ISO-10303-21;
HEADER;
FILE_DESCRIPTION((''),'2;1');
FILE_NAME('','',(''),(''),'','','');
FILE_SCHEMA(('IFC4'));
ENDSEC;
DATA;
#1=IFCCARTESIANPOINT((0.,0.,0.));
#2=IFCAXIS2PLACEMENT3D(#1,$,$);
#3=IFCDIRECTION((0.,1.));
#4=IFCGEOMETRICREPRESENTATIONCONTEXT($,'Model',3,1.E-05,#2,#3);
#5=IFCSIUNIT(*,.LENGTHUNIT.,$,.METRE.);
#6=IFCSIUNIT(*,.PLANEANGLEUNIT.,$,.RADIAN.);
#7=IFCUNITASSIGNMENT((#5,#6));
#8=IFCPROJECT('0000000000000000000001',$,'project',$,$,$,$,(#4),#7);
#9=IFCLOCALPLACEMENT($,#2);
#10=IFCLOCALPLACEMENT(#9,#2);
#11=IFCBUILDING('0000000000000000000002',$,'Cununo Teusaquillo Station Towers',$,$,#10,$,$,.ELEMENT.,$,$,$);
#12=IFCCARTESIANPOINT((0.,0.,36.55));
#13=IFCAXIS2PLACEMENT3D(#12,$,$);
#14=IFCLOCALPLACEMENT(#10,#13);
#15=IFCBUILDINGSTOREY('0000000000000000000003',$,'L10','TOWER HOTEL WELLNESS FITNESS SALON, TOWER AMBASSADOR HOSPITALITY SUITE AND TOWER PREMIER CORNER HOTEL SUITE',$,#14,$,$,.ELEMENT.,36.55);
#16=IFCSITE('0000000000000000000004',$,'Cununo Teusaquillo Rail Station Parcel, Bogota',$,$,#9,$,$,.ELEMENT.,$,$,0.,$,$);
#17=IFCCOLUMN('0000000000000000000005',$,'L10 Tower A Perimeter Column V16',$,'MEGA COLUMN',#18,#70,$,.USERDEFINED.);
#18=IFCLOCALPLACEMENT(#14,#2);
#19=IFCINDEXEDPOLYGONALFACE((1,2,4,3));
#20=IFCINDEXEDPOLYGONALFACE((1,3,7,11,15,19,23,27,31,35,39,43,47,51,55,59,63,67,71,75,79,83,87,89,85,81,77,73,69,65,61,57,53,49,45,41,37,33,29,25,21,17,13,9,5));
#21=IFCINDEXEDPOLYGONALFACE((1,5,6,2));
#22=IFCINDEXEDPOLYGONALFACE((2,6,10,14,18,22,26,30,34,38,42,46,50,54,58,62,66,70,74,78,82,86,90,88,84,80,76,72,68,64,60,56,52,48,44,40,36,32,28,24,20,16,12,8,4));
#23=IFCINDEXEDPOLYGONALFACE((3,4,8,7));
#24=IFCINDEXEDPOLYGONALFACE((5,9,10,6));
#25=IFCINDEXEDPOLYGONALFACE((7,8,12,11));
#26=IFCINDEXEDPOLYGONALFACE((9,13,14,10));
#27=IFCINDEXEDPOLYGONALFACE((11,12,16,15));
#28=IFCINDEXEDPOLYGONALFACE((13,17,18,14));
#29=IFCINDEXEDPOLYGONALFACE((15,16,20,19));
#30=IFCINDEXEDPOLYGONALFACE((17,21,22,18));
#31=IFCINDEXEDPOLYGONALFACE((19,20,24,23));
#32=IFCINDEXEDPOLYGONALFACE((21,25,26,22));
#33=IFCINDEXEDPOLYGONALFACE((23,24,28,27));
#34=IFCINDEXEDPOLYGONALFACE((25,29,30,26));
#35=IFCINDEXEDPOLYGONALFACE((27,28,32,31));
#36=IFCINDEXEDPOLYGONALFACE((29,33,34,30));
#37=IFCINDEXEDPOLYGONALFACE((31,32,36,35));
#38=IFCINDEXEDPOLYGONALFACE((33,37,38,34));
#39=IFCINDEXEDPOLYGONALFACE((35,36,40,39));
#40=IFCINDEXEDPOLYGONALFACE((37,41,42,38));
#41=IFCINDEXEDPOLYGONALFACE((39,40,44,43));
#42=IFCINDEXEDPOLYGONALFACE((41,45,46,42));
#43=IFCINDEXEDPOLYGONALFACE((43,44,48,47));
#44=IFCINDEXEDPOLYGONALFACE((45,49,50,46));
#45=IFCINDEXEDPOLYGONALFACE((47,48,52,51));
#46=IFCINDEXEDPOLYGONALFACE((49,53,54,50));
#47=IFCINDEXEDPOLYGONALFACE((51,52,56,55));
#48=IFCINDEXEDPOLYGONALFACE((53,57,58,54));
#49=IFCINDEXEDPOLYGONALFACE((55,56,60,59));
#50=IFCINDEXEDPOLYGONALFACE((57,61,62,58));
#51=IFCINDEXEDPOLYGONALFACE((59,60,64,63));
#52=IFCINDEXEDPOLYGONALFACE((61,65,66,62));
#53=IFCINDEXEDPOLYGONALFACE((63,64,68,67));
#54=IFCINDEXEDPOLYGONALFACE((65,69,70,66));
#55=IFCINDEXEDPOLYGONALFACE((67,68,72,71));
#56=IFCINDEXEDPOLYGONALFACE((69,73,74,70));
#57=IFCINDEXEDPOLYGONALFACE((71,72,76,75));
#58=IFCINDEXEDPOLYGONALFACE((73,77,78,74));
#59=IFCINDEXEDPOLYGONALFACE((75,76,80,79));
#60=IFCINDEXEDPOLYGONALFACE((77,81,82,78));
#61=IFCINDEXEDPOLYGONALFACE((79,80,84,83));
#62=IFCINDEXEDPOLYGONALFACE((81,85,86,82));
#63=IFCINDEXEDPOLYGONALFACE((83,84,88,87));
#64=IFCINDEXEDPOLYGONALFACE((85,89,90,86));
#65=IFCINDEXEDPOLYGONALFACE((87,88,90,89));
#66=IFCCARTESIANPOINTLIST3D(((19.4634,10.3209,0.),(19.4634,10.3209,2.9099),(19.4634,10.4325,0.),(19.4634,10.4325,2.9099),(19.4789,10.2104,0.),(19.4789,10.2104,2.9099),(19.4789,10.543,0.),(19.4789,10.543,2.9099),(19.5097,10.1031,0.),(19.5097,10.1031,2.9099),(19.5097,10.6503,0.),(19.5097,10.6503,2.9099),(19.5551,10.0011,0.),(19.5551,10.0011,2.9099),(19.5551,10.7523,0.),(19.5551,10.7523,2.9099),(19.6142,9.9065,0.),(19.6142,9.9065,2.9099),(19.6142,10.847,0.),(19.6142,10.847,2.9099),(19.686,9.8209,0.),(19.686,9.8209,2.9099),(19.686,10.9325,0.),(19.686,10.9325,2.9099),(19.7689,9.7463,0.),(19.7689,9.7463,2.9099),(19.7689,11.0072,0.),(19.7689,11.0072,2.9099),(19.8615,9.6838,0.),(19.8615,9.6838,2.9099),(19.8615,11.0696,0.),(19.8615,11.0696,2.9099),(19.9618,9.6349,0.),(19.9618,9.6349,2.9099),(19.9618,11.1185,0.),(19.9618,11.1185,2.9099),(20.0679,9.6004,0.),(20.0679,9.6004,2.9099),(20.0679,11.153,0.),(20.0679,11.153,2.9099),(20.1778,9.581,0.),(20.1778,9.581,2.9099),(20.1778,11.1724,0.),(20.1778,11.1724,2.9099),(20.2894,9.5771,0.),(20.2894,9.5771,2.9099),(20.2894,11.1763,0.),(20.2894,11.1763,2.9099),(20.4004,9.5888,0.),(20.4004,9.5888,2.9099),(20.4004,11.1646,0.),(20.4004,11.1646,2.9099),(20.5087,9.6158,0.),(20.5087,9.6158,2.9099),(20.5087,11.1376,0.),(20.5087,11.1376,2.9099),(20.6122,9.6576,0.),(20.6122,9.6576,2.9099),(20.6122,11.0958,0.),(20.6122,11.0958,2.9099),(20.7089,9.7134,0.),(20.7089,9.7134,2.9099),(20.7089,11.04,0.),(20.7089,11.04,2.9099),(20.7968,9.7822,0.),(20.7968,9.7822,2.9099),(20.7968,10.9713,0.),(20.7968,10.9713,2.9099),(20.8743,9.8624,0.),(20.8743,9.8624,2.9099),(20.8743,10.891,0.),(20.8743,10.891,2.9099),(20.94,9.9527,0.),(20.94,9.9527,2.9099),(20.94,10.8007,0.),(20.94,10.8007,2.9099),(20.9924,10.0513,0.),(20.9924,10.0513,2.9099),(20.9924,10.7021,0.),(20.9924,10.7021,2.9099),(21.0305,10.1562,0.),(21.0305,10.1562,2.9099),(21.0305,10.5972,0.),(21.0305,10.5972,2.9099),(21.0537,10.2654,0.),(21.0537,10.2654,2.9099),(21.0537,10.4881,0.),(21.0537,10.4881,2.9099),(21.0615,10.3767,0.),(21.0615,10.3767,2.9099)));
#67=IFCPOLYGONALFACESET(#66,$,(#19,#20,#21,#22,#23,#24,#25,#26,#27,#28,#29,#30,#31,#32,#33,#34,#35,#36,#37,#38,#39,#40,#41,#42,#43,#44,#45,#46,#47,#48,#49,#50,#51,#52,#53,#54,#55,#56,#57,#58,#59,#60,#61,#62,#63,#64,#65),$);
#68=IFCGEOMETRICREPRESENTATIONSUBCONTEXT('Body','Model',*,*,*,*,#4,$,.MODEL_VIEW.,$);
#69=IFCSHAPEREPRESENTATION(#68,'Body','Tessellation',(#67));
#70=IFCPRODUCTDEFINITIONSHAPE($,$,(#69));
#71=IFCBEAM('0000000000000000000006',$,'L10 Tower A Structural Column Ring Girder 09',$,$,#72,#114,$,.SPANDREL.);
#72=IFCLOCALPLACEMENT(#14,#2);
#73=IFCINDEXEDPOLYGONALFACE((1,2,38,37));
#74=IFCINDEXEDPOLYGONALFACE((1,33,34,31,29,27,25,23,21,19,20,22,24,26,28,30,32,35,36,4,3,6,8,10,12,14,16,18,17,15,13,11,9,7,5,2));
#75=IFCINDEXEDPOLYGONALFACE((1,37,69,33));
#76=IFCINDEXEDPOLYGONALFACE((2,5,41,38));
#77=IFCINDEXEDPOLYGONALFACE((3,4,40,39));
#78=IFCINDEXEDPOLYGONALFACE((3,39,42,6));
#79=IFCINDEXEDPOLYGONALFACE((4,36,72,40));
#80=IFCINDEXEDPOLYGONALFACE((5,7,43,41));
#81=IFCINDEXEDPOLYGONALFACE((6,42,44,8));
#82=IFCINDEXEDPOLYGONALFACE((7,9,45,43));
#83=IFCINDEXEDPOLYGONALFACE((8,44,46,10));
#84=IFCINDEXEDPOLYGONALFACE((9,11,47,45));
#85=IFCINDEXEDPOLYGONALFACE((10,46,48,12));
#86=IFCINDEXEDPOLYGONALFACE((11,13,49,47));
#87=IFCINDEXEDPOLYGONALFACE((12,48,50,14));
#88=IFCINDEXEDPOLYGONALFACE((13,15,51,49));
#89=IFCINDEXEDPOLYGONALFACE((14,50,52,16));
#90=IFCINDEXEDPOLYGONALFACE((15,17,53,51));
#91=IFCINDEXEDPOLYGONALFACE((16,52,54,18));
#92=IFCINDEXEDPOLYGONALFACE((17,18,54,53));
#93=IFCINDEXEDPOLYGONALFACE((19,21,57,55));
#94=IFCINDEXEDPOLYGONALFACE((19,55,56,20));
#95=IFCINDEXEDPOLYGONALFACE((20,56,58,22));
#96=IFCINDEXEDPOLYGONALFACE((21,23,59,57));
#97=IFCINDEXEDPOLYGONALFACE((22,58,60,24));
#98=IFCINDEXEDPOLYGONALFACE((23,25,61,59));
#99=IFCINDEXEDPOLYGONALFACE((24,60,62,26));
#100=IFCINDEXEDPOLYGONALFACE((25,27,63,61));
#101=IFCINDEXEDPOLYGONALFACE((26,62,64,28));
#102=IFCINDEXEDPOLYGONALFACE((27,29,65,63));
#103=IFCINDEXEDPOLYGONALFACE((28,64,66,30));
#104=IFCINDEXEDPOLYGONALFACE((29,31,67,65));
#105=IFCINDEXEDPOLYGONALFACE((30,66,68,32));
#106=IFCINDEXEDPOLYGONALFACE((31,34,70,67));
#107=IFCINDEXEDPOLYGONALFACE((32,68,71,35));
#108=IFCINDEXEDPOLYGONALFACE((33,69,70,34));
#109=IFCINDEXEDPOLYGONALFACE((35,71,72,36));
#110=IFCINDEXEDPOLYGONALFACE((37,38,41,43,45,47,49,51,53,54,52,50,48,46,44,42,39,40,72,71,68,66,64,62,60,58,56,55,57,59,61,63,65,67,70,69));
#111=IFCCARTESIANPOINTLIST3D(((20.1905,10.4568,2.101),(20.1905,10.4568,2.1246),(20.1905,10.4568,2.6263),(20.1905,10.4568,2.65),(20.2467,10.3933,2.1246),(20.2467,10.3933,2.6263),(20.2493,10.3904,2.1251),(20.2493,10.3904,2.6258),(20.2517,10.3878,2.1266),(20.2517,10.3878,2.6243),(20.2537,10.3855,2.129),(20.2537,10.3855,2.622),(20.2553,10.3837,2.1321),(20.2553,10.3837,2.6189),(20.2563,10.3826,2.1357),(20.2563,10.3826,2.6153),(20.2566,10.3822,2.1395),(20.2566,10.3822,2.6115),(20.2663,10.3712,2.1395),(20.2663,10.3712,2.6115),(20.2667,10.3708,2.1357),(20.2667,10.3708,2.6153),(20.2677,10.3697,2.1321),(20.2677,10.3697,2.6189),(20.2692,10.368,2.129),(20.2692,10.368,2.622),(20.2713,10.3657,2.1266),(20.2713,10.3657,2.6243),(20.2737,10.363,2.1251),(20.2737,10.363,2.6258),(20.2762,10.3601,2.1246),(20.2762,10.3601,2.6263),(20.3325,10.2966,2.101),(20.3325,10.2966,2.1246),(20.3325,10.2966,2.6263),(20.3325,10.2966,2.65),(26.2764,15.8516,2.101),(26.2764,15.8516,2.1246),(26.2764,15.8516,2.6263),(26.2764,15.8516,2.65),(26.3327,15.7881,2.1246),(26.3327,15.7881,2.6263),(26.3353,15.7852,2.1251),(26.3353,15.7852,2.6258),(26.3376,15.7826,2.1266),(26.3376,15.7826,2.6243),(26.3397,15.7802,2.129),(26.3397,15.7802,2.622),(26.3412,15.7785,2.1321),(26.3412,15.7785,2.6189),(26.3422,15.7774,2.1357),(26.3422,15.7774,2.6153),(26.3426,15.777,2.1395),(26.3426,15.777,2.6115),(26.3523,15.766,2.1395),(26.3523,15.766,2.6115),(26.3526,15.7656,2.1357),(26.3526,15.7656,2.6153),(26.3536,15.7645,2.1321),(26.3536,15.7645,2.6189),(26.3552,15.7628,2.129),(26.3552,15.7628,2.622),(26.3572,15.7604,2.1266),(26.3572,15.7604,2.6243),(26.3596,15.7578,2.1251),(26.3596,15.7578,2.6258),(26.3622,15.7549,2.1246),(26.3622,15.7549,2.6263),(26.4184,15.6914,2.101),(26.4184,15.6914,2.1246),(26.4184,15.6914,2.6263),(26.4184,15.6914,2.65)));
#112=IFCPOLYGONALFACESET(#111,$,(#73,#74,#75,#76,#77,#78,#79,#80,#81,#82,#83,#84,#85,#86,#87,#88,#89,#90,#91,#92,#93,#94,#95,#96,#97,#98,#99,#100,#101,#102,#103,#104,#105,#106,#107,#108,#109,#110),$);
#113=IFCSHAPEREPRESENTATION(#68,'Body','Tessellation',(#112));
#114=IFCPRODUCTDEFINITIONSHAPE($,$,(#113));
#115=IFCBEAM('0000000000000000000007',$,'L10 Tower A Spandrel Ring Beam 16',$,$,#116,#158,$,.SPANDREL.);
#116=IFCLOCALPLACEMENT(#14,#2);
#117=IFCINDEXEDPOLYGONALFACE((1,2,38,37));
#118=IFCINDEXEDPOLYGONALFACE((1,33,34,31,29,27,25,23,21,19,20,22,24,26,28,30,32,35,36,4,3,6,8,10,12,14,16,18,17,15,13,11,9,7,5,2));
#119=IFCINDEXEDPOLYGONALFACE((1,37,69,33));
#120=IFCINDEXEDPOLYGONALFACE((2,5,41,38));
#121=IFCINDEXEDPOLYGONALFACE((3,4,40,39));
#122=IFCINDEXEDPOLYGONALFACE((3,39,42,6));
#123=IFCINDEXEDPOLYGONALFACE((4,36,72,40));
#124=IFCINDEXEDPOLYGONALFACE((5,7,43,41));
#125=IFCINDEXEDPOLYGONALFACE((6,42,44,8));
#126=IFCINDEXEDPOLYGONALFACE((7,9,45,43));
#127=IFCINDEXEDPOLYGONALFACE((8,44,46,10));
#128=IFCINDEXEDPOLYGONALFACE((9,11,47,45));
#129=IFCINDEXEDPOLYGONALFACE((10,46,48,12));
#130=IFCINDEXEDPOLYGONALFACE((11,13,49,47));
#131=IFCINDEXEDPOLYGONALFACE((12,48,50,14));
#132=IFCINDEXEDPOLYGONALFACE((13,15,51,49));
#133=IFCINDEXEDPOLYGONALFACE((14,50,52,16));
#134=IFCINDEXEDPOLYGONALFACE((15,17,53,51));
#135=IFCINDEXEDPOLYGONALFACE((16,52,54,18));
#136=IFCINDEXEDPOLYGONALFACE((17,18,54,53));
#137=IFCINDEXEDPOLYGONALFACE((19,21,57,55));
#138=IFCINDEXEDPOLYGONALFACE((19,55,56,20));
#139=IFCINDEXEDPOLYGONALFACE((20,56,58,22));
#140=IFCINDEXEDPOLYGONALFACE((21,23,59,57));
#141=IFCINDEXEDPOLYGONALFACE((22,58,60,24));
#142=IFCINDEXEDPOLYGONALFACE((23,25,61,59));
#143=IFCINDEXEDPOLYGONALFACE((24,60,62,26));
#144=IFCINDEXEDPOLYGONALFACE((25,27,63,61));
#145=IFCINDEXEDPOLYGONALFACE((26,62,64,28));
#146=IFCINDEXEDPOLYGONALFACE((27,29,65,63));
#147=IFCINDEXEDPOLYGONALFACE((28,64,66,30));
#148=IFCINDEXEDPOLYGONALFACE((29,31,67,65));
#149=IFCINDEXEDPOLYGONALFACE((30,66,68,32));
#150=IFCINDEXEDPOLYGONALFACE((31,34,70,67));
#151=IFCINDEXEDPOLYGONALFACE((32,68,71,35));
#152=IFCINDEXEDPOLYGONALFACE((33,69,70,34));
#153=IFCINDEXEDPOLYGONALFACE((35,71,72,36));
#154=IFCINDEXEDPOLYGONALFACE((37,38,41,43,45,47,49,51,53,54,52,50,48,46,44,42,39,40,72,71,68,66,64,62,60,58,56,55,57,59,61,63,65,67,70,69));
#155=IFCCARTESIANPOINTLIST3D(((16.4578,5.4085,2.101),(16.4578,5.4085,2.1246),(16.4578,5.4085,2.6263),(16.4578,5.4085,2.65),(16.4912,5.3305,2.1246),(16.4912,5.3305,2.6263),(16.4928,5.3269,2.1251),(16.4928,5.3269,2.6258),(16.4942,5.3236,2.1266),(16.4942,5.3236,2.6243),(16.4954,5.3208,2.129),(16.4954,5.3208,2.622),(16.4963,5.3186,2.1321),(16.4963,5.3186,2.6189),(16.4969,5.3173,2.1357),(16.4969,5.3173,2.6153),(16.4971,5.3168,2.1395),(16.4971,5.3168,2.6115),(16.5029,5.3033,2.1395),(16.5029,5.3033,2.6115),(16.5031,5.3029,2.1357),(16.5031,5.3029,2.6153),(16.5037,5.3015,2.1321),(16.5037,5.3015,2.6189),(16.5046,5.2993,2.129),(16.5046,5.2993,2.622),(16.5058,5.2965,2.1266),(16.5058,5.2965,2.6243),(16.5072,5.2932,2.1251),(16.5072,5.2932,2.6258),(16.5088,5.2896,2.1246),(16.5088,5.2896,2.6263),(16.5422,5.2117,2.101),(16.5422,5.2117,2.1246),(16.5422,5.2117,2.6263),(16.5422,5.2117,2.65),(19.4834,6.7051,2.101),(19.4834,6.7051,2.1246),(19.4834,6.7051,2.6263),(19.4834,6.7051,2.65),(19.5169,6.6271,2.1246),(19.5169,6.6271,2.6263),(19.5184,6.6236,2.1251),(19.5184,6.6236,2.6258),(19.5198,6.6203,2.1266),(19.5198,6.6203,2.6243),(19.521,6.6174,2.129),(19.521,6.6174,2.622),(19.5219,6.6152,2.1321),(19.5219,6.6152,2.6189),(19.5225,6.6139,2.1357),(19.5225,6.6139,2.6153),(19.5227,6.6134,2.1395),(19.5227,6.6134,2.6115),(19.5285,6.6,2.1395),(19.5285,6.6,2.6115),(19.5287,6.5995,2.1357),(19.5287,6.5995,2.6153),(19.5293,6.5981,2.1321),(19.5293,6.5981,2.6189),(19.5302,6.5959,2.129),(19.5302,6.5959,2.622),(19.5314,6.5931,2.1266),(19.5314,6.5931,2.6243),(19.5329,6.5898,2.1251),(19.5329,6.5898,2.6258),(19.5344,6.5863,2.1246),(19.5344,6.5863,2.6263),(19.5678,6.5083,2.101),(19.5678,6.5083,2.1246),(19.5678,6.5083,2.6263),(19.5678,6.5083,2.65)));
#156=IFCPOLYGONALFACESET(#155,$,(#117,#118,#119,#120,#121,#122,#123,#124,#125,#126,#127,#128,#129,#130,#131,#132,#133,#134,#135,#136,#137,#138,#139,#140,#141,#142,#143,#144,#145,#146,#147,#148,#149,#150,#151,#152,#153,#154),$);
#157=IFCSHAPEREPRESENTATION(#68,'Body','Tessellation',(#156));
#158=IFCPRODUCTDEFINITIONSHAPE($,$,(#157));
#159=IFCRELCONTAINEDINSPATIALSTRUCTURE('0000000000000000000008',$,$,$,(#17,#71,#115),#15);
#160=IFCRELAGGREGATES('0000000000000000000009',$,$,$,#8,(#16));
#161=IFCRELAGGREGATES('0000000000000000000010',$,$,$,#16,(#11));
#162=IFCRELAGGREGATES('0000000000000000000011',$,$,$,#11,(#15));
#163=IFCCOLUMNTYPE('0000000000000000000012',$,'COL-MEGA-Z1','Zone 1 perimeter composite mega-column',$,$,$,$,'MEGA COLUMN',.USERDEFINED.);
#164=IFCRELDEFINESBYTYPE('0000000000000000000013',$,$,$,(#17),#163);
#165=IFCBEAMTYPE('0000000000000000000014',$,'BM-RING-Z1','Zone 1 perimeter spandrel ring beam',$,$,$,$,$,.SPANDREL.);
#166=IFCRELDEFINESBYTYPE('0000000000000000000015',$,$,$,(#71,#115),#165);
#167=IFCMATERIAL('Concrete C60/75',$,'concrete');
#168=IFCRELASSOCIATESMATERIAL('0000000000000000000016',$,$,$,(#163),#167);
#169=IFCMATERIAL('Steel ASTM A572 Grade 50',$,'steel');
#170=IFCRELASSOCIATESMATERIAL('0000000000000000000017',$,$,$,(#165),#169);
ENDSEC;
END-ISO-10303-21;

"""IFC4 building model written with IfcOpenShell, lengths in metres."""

from ifc_helpers import new_model, si_unit, direction, frame, origin, origin_2d, place, context, subcontext, project, spatial, circle, i_section, extrude, material, material_profile, profile_set, type_object, element, save


model = new_model("IFC4")

# Units and contexts
model_context = context("Model", 3, precision=1e-05, world=origin(), true_north=direction((0.0, 1.0)))
body_context = subcontext(model_context, "Body", "Model", "MODEL_VIEW")
ifc_project = project(units=[si_unit("LENGTHUNIT", "METRE"), si_unit("PLANEANGLEUNIT", "RADIAN")], contexts=[model_context])

# Site, building, storey
site_placement = place(None, origin())
site = spatial("IfcSite", under=ifc_project, at=site_placement, Name="Cununo Teusaquillo Rail Station Parcel, Bogota", CompositionType="ELEMENT", RefElevation=0.0)
building_placement = place(site_placement, origin())
building = spatial("IfcBuilding", under=site, at=building_placement, Name="Cununo Teusaquillo Station Towers", CompositionType="ELEMENT")
storey_placement = place(building_placement, frame((0.0, 0.0, 36.55)))
storey = spatial("IfcBuildingStorey", under=building, at=storey_placement, Name="L10", Description="TOWER HOTEL WELLNESS FITNESS SALON, TOWER AMBASSADOR HOSPITALITY SUITE AND TOWER PREMIER CORNER HOTEL SUITE", CompositionType="ELEMENT", Elevation=36.55)

# Column
ifc_material_1 = material(Name="Concrete C60/75", Category="concrete")
ifc_material_profile_1 = material_profile(ifc_material_1, circle(Radius=0.8, at=origin_2d()), Name="RC-CIRC-1600")
ifc_profile_set_1 = profile_set([ifc_material_profile_1], Name="Concrete C60/75")
column_type = type_object("IfcColumnType", Name="COL-MEGA-Z1", Description="Zone 1 perimeter composite mega-column", ElementType="MEGA COLUMN", PredefinedType="USERDEFINED", material=ifc_profile_set_1)
column_placement = place(storey_placement, frame((20.2615, 10.3767, 0.0), z_axis=(0.0, 0.0, 1.0), x_axis=(1.0, 0.0, 0.0)))
element("IfcColumn", 1, at=column_placement, inside=storey, type_object=column_type, Name="L10 Tower A Perimeter Column V16", ObjectType="MEGA COLUMN", PredefinedType="USERDEFINED", context=body_context, shape_type="SweptSolid", body=[
    extrude(circle(Radius=0.8, at=origin_2d()), origin(), (0.0, 0.0, 1.0), 2.9099),
])

# Beams
ifc_material_2 = material(Name="Steel ASTM A572 Grade 50", Category="steel")
ifc_material_profile_2 = material_profile(ifc_material_2, i_section(OverallWidth=0.2141, OverallDepth=0.5491, WebThickness=0.0146, FlangeThickness=0.0237, FilletRadius=0.0149, at=origin_2d()), Name="W21X93")
ifc_profile_set_2 = profile_set([ifc_material_profile_2], Name="Steel ASTM A572 Grade 50")
beam_type_1 = type_object("IfcBeamType", Name="BM-RING-Z1", Description="Zone 1 perimeter spandrel ring beam", PredefinedType="SPANDREL", material=ifc_profile_set_2)
beam_1_placement = place(storey_placement, frame((20.2615, 10.3767, 2.3755), z_axis=(0.748321, 0.663337, 0.0), x_axis=(-0.663337, 0.748321, 0.0)))
element("IfcBeam", 2, at=beam_1_placement, inside=storey, type_object=beam_type_1, Name="L10 Tower A Structural Column Ring Girder 09", PredefinedType="SPANDREL", context=body_context, shape_type="SweptSolid", body=[
    extrude(i_section(OverallWidth=0.2141, OverallDepth=0.5491, WebThickness=0.0146, FlangeThickness=0.0237, FilletRadius=0.0149, at=origin_2d()), origin(), (0.0, 0.0, 1.0), 8.1328),
])
beam_2_placement = place(storey_placement, frame((16.5, 5.3101, 2.3755), z_axis=(0.919153, 0.393901, 0.0), x_axis=(-0.393901, 0.919153, 0.0)))
element("IfcBeam", 3, at=beam_2_placement, inside=storey, type_object=beam_type_1, Name="L10 Tower A Spandrel Ring Beam 16", PredefinedType="SPANDREL", context=body_context, shape_type="SweptSolid", body=[
    extrude(i_section(OverallWidth=0.2141, OverallDepth=0.5491, WebThickness=0.0146, FlangeThickness=0.0237, FilletRadius=0.0149, at=origin_2d()), origin(), (0.0, 0.0, 1.0), 3.2917),
])

save(model, "model.ifc")
